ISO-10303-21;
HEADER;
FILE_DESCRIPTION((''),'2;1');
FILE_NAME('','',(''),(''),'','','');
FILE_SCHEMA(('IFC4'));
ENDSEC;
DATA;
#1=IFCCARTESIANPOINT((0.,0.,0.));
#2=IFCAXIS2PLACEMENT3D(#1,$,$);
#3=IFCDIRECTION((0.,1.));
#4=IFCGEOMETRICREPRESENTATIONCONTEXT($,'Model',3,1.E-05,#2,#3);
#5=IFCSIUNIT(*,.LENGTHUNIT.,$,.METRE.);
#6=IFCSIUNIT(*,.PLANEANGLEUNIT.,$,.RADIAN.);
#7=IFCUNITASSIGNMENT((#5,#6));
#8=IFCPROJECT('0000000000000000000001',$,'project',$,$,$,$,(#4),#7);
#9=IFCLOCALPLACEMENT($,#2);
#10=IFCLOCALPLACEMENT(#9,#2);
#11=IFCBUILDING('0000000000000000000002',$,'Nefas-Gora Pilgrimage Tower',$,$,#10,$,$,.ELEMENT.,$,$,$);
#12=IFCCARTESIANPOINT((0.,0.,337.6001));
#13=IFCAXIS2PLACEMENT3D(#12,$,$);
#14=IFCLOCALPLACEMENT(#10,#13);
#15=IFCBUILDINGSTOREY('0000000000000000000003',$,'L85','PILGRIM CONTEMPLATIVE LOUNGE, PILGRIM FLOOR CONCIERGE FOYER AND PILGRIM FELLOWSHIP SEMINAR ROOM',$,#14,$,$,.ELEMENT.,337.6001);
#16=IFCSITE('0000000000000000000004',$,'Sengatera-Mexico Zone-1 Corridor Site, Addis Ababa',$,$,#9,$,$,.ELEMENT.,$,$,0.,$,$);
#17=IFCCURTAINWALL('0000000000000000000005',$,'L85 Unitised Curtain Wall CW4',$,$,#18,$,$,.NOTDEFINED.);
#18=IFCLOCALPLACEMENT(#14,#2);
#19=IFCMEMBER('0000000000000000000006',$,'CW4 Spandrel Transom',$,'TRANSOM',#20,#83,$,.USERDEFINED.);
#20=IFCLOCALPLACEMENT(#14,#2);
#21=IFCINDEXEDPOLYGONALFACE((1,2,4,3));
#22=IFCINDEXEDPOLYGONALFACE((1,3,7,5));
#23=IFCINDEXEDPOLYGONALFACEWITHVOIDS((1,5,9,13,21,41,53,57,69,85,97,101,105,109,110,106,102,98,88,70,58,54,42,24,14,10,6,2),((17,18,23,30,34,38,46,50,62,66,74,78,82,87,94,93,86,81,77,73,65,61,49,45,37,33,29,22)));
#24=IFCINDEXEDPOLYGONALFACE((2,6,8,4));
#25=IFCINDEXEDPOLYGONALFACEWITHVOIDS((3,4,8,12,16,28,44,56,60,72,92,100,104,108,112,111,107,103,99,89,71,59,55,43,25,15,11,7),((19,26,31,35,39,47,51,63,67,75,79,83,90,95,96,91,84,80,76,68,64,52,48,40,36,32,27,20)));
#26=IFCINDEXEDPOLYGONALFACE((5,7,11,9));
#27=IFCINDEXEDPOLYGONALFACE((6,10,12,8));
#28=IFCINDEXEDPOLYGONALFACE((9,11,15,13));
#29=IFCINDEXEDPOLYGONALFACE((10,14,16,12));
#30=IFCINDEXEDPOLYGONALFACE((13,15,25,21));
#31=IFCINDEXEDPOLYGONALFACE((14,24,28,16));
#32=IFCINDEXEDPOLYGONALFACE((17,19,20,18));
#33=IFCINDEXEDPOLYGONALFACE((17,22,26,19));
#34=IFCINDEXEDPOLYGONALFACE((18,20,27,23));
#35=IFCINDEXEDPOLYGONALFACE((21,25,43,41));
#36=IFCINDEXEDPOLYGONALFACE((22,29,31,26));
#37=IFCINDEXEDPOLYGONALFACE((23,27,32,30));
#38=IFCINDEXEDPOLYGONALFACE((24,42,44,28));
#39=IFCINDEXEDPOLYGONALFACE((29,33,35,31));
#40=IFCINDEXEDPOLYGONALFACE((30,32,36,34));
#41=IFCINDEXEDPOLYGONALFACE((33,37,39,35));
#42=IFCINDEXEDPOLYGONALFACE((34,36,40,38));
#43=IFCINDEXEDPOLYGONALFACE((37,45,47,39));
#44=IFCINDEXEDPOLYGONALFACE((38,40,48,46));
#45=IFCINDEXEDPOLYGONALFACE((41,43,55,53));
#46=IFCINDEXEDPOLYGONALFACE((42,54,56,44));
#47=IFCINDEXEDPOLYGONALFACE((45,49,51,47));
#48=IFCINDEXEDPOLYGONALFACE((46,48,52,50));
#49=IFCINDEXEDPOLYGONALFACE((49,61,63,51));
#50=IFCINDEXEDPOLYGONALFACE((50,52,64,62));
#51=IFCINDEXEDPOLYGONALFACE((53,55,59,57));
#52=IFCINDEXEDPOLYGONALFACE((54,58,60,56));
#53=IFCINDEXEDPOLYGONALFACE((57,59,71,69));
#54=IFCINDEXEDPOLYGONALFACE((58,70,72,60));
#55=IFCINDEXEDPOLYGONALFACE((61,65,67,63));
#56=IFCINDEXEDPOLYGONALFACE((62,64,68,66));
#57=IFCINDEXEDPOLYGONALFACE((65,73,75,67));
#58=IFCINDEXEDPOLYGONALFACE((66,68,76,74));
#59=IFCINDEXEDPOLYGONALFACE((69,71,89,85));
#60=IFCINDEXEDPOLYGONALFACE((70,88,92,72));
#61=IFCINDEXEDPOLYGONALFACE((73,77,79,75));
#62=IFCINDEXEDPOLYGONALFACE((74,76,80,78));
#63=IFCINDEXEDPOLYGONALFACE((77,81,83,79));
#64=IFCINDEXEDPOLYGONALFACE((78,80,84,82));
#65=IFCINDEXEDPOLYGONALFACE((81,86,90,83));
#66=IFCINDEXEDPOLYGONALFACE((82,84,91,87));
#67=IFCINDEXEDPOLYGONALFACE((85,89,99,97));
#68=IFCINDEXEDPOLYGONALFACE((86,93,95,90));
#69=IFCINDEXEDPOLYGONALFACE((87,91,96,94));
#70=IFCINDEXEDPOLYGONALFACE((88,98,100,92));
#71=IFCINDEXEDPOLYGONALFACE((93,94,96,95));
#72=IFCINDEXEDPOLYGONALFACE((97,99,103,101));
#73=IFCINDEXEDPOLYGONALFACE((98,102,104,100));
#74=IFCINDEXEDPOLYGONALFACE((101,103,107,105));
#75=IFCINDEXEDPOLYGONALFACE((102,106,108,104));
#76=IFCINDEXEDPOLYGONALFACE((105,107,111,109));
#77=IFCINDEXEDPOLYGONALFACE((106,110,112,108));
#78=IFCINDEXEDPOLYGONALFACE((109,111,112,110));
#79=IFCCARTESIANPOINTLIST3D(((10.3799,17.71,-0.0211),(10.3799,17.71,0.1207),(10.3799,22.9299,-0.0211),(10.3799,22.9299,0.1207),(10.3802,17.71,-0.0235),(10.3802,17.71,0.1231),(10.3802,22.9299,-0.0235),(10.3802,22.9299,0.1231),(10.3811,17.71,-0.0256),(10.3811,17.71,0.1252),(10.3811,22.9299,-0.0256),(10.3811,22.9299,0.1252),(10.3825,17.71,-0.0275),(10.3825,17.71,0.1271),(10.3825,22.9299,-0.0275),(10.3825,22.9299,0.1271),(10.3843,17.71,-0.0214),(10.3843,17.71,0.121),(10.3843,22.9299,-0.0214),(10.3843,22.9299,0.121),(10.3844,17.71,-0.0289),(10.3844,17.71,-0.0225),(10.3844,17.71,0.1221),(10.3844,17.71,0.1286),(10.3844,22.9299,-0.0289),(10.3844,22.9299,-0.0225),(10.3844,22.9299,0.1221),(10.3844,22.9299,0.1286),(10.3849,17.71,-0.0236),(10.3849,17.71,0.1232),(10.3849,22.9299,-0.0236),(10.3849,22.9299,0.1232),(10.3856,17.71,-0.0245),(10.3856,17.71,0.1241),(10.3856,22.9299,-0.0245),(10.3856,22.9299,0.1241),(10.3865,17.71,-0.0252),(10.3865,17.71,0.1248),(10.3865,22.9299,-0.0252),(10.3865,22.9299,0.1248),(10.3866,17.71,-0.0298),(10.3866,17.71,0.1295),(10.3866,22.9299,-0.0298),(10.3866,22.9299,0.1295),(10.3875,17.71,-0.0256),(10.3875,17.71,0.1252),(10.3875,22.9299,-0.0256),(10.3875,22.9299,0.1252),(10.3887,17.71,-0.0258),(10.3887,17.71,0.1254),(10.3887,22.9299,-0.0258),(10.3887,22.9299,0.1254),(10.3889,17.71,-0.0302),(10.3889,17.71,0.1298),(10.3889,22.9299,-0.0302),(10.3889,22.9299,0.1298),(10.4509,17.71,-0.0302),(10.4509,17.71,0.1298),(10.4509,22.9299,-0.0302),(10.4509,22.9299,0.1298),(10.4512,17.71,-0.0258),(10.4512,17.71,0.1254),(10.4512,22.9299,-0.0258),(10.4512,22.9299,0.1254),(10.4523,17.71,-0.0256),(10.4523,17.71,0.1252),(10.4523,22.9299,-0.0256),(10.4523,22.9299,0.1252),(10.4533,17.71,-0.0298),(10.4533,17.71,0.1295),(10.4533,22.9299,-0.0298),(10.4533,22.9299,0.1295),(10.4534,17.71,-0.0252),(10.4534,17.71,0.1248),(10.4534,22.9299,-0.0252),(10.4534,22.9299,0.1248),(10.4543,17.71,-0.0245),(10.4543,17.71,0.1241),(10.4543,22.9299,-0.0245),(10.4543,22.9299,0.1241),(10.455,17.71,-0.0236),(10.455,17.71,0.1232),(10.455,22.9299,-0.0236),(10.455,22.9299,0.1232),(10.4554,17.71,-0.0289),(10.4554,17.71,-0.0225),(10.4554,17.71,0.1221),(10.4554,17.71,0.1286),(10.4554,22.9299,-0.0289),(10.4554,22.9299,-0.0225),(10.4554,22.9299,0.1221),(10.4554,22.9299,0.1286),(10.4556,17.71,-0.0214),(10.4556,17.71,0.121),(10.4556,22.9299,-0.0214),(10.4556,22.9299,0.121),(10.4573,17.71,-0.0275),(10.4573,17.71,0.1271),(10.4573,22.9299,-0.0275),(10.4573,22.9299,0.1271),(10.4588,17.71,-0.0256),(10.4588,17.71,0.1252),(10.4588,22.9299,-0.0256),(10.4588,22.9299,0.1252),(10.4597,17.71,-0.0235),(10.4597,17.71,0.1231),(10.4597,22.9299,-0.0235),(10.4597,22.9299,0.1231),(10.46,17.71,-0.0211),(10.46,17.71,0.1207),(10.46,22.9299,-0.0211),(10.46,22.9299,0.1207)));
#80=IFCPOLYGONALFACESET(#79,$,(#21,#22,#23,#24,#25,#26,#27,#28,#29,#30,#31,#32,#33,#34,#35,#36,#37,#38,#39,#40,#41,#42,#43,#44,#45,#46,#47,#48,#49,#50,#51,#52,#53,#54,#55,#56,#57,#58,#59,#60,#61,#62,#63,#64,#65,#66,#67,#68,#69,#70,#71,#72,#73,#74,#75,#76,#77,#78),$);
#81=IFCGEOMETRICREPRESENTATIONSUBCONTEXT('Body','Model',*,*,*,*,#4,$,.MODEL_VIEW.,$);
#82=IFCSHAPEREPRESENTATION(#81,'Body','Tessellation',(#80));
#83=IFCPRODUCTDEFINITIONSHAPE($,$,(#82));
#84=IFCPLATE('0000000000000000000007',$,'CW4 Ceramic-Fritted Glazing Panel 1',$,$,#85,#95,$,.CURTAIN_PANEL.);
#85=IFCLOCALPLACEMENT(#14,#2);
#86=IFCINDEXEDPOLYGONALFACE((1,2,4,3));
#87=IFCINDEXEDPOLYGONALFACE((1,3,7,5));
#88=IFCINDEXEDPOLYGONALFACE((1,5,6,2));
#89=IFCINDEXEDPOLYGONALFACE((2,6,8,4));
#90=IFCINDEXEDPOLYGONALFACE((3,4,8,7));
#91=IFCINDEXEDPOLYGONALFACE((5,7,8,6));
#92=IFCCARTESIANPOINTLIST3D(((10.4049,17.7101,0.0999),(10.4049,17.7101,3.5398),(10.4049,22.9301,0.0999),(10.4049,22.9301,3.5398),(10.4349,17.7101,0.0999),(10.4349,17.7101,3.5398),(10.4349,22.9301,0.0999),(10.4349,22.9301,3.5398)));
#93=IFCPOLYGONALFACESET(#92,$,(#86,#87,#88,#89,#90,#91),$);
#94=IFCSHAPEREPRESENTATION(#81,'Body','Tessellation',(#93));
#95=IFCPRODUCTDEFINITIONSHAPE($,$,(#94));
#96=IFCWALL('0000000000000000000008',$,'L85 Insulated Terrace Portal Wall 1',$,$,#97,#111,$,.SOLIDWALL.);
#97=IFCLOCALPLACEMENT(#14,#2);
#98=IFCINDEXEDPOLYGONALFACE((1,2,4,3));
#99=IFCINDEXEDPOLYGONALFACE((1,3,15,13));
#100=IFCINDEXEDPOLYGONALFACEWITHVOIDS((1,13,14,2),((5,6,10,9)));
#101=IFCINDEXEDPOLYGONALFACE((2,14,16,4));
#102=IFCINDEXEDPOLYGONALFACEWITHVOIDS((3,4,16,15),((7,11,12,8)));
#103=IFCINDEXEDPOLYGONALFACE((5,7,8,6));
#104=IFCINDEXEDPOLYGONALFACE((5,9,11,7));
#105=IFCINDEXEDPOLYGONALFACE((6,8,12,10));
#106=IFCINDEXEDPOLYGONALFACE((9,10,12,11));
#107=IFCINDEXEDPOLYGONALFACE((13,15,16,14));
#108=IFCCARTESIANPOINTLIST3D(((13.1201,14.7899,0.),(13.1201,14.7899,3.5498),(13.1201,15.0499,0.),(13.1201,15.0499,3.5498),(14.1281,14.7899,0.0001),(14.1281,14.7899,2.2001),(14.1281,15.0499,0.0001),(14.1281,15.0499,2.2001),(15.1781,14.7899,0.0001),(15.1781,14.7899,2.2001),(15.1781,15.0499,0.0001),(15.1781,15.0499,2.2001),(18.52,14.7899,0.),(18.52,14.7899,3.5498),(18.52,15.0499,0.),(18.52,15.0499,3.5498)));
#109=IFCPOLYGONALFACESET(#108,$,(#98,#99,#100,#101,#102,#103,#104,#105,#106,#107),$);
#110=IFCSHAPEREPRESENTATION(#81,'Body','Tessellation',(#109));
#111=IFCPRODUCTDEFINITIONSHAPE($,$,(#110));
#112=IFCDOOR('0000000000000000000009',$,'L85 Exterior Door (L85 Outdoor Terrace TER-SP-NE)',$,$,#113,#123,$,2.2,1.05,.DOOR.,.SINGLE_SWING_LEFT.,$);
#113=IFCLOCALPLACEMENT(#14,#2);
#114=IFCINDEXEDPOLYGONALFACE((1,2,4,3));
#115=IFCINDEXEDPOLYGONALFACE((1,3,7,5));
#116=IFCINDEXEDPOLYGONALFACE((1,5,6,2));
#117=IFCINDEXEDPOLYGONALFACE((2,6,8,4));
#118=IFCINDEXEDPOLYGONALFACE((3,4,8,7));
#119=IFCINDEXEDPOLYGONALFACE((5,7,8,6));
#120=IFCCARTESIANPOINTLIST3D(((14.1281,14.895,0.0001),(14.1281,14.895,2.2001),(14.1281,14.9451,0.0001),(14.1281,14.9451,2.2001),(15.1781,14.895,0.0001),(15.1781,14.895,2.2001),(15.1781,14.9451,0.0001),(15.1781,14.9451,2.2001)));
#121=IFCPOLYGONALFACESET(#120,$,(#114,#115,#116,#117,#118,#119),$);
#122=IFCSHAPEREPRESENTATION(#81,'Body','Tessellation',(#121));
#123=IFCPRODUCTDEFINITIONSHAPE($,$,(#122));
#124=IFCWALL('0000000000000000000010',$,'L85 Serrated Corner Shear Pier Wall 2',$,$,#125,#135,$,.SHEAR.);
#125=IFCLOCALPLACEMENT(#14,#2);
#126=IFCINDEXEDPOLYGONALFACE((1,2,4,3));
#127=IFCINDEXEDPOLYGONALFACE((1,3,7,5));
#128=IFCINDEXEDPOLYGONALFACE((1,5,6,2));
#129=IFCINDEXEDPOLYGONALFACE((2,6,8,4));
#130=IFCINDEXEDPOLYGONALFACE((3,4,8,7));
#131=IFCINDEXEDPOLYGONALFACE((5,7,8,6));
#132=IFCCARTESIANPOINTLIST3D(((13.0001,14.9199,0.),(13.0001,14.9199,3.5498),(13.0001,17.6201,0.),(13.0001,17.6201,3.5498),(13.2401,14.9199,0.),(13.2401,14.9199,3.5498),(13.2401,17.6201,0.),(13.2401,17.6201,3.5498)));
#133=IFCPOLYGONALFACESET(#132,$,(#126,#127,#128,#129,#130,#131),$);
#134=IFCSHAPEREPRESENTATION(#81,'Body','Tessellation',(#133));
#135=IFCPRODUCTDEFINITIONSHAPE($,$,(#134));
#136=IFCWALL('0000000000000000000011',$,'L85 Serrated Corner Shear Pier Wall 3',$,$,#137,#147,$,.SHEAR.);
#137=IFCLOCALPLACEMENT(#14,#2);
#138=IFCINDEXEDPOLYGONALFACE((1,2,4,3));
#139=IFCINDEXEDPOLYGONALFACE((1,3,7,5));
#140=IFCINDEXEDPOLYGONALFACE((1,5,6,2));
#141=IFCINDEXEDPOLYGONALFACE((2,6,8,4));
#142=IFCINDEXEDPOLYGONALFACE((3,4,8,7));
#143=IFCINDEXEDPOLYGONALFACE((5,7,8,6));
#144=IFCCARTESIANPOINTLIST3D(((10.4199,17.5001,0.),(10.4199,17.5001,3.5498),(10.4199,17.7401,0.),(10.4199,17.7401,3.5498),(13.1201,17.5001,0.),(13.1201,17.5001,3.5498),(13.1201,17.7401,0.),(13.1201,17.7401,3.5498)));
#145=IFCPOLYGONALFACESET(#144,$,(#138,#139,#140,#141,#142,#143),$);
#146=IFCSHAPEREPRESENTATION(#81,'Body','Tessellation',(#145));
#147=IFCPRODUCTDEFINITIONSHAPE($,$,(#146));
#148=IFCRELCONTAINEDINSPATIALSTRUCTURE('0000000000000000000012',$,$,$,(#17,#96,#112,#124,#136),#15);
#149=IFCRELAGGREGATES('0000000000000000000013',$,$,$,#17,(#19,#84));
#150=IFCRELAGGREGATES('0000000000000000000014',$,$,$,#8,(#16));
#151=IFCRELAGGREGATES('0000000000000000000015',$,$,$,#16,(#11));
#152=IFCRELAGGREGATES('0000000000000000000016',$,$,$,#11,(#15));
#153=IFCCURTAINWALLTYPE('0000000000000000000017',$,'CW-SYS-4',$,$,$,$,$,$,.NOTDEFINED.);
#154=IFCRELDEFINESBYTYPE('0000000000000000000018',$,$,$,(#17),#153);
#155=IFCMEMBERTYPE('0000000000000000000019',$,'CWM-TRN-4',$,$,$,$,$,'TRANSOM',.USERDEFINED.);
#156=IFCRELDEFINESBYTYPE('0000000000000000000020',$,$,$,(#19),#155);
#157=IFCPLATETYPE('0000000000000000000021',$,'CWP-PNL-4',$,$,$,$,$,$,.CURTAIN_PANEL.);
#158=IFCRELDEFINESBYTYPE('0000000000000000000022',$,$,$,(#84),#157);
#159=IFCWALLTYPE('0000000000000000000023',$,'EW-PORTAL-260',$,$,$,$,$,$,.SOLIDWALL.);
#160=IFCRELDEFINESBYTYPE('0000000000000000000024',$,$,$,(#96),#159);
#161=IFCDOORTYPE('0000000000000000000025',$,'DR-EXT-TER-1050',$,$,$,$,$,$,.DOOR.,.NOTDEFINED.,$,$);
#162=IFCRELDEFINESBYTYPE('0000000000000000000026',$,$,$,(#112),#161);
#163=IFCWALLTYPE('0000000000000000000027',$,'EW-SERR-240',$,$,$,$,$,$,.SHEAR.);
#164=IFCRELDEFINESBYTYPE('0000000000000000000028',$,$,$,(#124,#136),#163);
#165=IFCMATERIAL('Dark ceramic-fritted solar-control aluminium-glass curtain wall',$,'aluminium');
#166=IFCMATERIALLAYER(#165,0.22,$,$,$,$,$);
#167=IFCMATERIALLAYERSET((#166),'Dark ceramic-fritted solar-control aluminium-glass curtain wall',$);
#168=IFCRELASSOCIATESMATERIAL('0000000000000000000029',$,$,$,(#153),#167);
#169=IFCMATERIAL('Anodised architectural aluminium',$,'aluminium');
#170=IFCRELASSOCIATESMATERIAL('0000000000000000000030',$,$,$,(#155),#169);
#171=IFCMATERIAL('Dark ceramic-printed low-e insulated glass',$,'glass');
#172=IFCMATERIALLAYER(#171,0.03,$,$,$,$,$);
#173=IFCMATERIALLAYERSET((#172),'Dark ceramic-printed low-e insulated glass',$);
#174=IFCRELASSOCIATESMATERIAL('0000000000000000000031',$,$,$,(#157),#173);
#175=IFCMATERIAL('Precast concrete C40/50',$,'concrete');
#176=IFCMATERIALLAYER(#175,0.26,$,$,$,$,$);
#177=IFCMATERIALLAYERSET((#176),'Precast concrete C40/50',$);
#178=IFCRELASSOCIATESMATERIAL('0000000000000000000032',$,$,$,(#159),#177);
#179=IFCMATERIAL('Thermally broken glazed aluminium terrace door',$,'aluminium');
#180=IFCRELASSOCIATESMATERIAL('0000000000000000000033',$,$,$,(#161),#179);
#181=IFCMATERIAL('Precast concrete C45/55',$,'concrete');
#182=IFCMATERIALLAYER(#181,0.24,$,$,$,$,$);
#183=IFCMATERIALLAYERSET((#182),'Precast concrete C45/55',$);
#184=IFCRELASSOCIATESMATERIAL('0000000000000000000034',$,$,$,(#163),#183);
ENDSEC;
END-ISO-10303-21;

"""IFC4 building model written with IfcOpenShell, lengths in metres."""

from ifc_helpers import new_model, si_unit, direction, frame, frame_2d, origin, origin_2d, place, context, subcontext, project, spatial, rectangle, hollow_rectangle, extrude, source, transform, mapped, material, layer, layer_set, material_profile, profile_set, type_object, element, fill, aggregate, save


model = new_model("IFC4")

# Units and contexts
model_context = context("Model", 3, precision=1e-05, world=origin(), true_north=direction((0.0, 1.0)))
body_context = subcontext(model_context, "Body", "Model", "MODEL_VIEW")
ifc_project = project(units=[si_unit("LENGTHUNIT", "METRE"), si_unit("PLANEANGLEUNIT", "RADIAN")], contexts=[model_context])

# Site, building, storey
site_placement = place(None, origin())
site = spatial("IfcSite", under=ifc_project, at=site_placement, Name="Sengatera-Mexico Zone-1 Corridor Site, Addis Ababa", CompositionType="ELEMENT", RefElevation=0.0)
building_placement = place(site_placement, origin())
building = spatial("IfcBuilding", under=site, at=building_placement, Name="Nefas-Gora Pilgrimage Tower", CompositionType="ELEMENT")
storey_placement = place(building_placement, frame((0.0, 0.0, 337.6001)))
storey = spatial("IfcBuildingStorey", under=building, at=storey_placement, Name="L85", Description="PILGRIM CONTEMPLATIVE LOUNGE, PILGRIM FLOOR CONCIERGE FOYER AND PILGRIM FELLOWSHIP SEMINAR ROOM", CompositionType="ELEMENT", Elevation=337.6001)

# Shared definitions
ifc_material_1 = material(Name="Dark ceramic-fritted solar-control aluminium-glass curtain wall", Category="aluminium")
ifc_layer_1 = layer(ifc_material_1, 0.22)
ifc_layer_set_1 = layer_set([ifc_layer_1], Name="Dark ceramic-fritted solar-control aluminium-glass curtain wall")
curtain_wall_type = type_object("IfcCurtainWallType", Name="CW-SYS-4", PredefinedType="NOTDEFINED", material=ifc_layer_set_1)
ifc_material_2 = material(Name="Anodised architectural aluminium", Category="aluminium")

# Curtain wall
curtain_wall_1_placement = place(storey_placement, origin())
curtain_wall_1 = element("IfcCurtainWall", 1, at=curtain_wall_1_placement, inside=storey, type_object=curtain_wall_type, Name="L85 Unitised Curtain Wall CW4", PredefinedType="NOTDEFINED")

# Member
ifc_material_profile_1 = material_profile(ifc_material_2, hollow_rectangle(XDim=0.0801, YDim=0.1599, WallThickness=0.0044, InnerFilletRadius=0.0044, OuterFilletRadius=0.009, at=origin_2d()), Name="ALU TRANSOM 80x160")
ifc_profile_set_1 = profile_set([ifc_material_profile_1], Name="Anodised architectural aluminium")
member_type_1 = type_object("IfcMemberType", Name="CWM-TRN-4", ElementType="TRANSOM", PredefinedType="USERDEFINED", material=ifc_profile_set_1)
shared_shape_1 = source(origin(), body_context, "Body", "SweptSolid", [
    extrude(hollow_rectangle(XDim=0.0801, YDim=0.1599, WallThickness=0.0044, InnerFilletRadius=0.0044, OuterFilletRadius=0.009, at=origin_2d()), origin(), (0.0, 0.0, 1.0), 5.22),
])
member_1_placement = place(storey_placement, frame((10.4199, 17.71, 0.0498), z_axis=(0.0, 1.0, 0.0), x_axis=(-1.0, 0.0, 0.0)))
member_1 = element("IfcMember", 2, at=member_1_placement, type_object=member_type_1, Name="CW4 Spandrel Transom", ObjectType="TRANSOM", PredefinedType="USERDEFINED", context=body_context, shape_type="MappedRepresentation", body=[
    mapped(shared_shape_1, transform((0.0, 0.0, 0.0), x_axis=(1.0, 0.0, 0.0), y_axis=(0.0, 1.0, 0.0), z_axis=(0.0, 0.0, 1.0), scale=1.0)),
])

# Plate
ifc_material_3 = material(Name="Dark ceramic-printed low-e insulated glass", Category="glass")
ifc_layer_2 = layer(ifc_material_3, 0.03)
ifc_layer_set_2 = layer_set([ifc_layer_2], Name="Dark ceramic-printed low-e insulated glass")
plate_type = type_object("IfcPlateType", Name="CWP-PNL-4", PredefinedType="CURTAIN_PANEL", material=ifc_layer_set_2)
shared_shape_2 = source(origin(), body_context, "Body", "SweptSolid", [
    extrude(rectangle(XDim=5.22, YDim=0.03, at=origin_2d()), origin(), (0.0, 0.0, 1.0), 3.4399),
])
plate_placement = place(storey_placement, frame((10.4199, 20.3201, 0.0999), z_axis=(0.0, 0.0, 1.0), x_axis=(0.0, 1.0, 0.0)))
plate = element("IfcPlate", 3, at=plate_placement, type_object=plate_type, Name="CW4 Ceramic-Fritted Glazing Panel 1", PredefinedType="CURTAIN_PANEL", context=body_context, shape_type="MappedRepresentation", body=[
    mapped(shared_shape_2, transform((0.0, 0.0, 0.0), x_axis=(1.0, 0.0, 0.0), y_axis=(0.0, 1.0, 0.0), z_axis=(0.0, 0.0, 1.0), scale=1.0)),
])
aggregate(curtain_wall_1, [member_1, plate])

# Wall, opening, door
ifc_material_4 = material(Name="Precast concrete C40/50", Category="concrete")
ifc_layer_3 = layer(ifc_material_4, 0.26)
ifc_layer_set_3 = layer_set([ifc_layer_3], Name="Precast concrete C40/50")
wall_type_1 = type_object("IfcWallType", Name="EW-PORTAL-260", PredefinedType="SOLIDWALL", material=ifc_layer_set_3)
shared_shape_3 = source(origin(), body_context, "Body", "SweptSolid", [
    extrude(rectangle(XDim=5.3999, YDim=0.26, at=frame_2d((2.7, 0.0))), origin(), (0.0, 0.0, 1.0), 3.5498),
])
wall_placement = place(storey_placement, frame((18.52, 14.9199, 0.0), z_axis=(0.0, 0.0, 1.0), x_axis=(-1.0, 0.0, 0.0)))
wall = element("IfcWall", 4, at=wall_placement, inside=storey, type_object=wall_type_1, Name="L85 Insulated Terrace Portal Wall 1", PredefinedType="SOLIDWALL", context=body_context, shape_type="MappedRepresentation", body=[
    mapped(shared_shape_3, transform((0.0, 0.0, 0.0), x_axis=(1.0, 0.0, 0.0), y_axis=(0.0, 1.0, 0.0), z_axis=(0.0, 0.0, 1.0), scale=1.0)),
])
opening_placement = place(wall_placement, frame((3.342, 0.0, 0.0)))
opening = element("IfcOpeningElement", 5, at=opening_placement, cuts=wall, PredefinedType="OPENING", context=body_context, shape_type="SweptSolid", body=[
    extrude(rectangle(XDim=1.05, YDim=2.2, at=frame_2d((0.5249, 1.1001))), frame((0.0, 0.1399, 0.0), z_axis=(0.0, -1.0, 0.0), x_axis=(1.0, 0.0, 0.0)), (0.0, 0.0, 1.0), 0.28),
])
ifc_material_5 = material(Name="Thermally broken glazed aluminium terrace door", Category="aluminium")
door_type = type_object("IfcDoorType", Name="DR-EXT-TER-1050", OperationType="NOTDEFINED", PredefinedType="DOOR", material=ifc_material_5)
shared_shape_4 = source(origin(), body_context, "Body", "SweptSolid", [
    extrude(rectangle(XDim=1.05, YDim=2.2, at=frame_2d((0.5249, 1.1001))), frame((0.0, 0.0249, 0.0), z_axis=(0.0, -1.0, 0.0), x_axis=(1.0, 0.0, 0.0)), (0.0, 0.0, 1.0), 0.05),
])
door_placement = place(opening_placement, origin())
door = element("IfcDoor", 6, at=door_placement, inside=storey, type_object=door_type, Name="L85 Exterior Door (L85 Outdoor Terrace TER-SP-NE)", OperationType="SINGLE_SWING_LEFT", OverallHeight=2.2, OverallWidth=1.05, PredefinedType="DOOR", context=body_context, shape_type="MappedRepresentation", body=[
    mapped(shared_shape_4, transform((0.0, 0.0, 0.0), x_axis=(1.0, 0.0, 0.0), y_axis=(0.0, 1.0, 0.0), z_axis=(0.0, 0.0, 1.0), scale=1.0)),
])
fill(opening, door)

# Walls
ifc_material_6 = material(Name="Precast concrete C45/55", Category="concrete")
ifc_layer_4 = layer(ifc_material_6, 0.24)
ifc_layer_set_4 = layer_set([ifc_layer_4], Name="Precast concrete C45/55")
wall_type_2 = type_object("IfcWallType", Name="EW-SERR-240", PredefinedType="SHEAR", material=ifc_layer_set_4)
shared_shape_5 = source(origin(), body_context, "Body", "SweptSolid", [
    extrude(rectangle(XDim=2.7002, YDim=0.24, at=frame_2d((1.3501, 0.0))), origin(), (0.0, 0.0, 1.0), 3.5498),
])
for number, where, z_axis, x_axis, name in (
    (7, (13.1201, 14.9199, 0.0), (0.0, 0.0, 1.0), (0.0, 1.0, 0.0), "L85 Serrated Corner Shear Pier Wall 2"),
    (8, (13.1201, 17.6201, 0.0), (0.0, 0.0, 1.0), (-1.0, 0.0, 0.0), "L85 Serrated Corner Shear Pier Wall 3"),
):
    element("IfcWall", number, at=place(storey_placement, frame(where, z_axis=z_axis, x_axis=x_axis)), inside=storey, type_object=wall_type_2, Name=name, PredefinedType="SHEAR", context=body_context, shape_type="MappedRepresentation", body=[
        mapped(shared_shape_5, transform((0.0, 0.0, 0.0), x_axis=(1.0, 0.0, 0.0), y_axis=(0.0, 1.0, 0.0), z_axis=(0.0, 0.0, 1.0), scale=1.0)),
    ])

save(model, "model.ifc")
